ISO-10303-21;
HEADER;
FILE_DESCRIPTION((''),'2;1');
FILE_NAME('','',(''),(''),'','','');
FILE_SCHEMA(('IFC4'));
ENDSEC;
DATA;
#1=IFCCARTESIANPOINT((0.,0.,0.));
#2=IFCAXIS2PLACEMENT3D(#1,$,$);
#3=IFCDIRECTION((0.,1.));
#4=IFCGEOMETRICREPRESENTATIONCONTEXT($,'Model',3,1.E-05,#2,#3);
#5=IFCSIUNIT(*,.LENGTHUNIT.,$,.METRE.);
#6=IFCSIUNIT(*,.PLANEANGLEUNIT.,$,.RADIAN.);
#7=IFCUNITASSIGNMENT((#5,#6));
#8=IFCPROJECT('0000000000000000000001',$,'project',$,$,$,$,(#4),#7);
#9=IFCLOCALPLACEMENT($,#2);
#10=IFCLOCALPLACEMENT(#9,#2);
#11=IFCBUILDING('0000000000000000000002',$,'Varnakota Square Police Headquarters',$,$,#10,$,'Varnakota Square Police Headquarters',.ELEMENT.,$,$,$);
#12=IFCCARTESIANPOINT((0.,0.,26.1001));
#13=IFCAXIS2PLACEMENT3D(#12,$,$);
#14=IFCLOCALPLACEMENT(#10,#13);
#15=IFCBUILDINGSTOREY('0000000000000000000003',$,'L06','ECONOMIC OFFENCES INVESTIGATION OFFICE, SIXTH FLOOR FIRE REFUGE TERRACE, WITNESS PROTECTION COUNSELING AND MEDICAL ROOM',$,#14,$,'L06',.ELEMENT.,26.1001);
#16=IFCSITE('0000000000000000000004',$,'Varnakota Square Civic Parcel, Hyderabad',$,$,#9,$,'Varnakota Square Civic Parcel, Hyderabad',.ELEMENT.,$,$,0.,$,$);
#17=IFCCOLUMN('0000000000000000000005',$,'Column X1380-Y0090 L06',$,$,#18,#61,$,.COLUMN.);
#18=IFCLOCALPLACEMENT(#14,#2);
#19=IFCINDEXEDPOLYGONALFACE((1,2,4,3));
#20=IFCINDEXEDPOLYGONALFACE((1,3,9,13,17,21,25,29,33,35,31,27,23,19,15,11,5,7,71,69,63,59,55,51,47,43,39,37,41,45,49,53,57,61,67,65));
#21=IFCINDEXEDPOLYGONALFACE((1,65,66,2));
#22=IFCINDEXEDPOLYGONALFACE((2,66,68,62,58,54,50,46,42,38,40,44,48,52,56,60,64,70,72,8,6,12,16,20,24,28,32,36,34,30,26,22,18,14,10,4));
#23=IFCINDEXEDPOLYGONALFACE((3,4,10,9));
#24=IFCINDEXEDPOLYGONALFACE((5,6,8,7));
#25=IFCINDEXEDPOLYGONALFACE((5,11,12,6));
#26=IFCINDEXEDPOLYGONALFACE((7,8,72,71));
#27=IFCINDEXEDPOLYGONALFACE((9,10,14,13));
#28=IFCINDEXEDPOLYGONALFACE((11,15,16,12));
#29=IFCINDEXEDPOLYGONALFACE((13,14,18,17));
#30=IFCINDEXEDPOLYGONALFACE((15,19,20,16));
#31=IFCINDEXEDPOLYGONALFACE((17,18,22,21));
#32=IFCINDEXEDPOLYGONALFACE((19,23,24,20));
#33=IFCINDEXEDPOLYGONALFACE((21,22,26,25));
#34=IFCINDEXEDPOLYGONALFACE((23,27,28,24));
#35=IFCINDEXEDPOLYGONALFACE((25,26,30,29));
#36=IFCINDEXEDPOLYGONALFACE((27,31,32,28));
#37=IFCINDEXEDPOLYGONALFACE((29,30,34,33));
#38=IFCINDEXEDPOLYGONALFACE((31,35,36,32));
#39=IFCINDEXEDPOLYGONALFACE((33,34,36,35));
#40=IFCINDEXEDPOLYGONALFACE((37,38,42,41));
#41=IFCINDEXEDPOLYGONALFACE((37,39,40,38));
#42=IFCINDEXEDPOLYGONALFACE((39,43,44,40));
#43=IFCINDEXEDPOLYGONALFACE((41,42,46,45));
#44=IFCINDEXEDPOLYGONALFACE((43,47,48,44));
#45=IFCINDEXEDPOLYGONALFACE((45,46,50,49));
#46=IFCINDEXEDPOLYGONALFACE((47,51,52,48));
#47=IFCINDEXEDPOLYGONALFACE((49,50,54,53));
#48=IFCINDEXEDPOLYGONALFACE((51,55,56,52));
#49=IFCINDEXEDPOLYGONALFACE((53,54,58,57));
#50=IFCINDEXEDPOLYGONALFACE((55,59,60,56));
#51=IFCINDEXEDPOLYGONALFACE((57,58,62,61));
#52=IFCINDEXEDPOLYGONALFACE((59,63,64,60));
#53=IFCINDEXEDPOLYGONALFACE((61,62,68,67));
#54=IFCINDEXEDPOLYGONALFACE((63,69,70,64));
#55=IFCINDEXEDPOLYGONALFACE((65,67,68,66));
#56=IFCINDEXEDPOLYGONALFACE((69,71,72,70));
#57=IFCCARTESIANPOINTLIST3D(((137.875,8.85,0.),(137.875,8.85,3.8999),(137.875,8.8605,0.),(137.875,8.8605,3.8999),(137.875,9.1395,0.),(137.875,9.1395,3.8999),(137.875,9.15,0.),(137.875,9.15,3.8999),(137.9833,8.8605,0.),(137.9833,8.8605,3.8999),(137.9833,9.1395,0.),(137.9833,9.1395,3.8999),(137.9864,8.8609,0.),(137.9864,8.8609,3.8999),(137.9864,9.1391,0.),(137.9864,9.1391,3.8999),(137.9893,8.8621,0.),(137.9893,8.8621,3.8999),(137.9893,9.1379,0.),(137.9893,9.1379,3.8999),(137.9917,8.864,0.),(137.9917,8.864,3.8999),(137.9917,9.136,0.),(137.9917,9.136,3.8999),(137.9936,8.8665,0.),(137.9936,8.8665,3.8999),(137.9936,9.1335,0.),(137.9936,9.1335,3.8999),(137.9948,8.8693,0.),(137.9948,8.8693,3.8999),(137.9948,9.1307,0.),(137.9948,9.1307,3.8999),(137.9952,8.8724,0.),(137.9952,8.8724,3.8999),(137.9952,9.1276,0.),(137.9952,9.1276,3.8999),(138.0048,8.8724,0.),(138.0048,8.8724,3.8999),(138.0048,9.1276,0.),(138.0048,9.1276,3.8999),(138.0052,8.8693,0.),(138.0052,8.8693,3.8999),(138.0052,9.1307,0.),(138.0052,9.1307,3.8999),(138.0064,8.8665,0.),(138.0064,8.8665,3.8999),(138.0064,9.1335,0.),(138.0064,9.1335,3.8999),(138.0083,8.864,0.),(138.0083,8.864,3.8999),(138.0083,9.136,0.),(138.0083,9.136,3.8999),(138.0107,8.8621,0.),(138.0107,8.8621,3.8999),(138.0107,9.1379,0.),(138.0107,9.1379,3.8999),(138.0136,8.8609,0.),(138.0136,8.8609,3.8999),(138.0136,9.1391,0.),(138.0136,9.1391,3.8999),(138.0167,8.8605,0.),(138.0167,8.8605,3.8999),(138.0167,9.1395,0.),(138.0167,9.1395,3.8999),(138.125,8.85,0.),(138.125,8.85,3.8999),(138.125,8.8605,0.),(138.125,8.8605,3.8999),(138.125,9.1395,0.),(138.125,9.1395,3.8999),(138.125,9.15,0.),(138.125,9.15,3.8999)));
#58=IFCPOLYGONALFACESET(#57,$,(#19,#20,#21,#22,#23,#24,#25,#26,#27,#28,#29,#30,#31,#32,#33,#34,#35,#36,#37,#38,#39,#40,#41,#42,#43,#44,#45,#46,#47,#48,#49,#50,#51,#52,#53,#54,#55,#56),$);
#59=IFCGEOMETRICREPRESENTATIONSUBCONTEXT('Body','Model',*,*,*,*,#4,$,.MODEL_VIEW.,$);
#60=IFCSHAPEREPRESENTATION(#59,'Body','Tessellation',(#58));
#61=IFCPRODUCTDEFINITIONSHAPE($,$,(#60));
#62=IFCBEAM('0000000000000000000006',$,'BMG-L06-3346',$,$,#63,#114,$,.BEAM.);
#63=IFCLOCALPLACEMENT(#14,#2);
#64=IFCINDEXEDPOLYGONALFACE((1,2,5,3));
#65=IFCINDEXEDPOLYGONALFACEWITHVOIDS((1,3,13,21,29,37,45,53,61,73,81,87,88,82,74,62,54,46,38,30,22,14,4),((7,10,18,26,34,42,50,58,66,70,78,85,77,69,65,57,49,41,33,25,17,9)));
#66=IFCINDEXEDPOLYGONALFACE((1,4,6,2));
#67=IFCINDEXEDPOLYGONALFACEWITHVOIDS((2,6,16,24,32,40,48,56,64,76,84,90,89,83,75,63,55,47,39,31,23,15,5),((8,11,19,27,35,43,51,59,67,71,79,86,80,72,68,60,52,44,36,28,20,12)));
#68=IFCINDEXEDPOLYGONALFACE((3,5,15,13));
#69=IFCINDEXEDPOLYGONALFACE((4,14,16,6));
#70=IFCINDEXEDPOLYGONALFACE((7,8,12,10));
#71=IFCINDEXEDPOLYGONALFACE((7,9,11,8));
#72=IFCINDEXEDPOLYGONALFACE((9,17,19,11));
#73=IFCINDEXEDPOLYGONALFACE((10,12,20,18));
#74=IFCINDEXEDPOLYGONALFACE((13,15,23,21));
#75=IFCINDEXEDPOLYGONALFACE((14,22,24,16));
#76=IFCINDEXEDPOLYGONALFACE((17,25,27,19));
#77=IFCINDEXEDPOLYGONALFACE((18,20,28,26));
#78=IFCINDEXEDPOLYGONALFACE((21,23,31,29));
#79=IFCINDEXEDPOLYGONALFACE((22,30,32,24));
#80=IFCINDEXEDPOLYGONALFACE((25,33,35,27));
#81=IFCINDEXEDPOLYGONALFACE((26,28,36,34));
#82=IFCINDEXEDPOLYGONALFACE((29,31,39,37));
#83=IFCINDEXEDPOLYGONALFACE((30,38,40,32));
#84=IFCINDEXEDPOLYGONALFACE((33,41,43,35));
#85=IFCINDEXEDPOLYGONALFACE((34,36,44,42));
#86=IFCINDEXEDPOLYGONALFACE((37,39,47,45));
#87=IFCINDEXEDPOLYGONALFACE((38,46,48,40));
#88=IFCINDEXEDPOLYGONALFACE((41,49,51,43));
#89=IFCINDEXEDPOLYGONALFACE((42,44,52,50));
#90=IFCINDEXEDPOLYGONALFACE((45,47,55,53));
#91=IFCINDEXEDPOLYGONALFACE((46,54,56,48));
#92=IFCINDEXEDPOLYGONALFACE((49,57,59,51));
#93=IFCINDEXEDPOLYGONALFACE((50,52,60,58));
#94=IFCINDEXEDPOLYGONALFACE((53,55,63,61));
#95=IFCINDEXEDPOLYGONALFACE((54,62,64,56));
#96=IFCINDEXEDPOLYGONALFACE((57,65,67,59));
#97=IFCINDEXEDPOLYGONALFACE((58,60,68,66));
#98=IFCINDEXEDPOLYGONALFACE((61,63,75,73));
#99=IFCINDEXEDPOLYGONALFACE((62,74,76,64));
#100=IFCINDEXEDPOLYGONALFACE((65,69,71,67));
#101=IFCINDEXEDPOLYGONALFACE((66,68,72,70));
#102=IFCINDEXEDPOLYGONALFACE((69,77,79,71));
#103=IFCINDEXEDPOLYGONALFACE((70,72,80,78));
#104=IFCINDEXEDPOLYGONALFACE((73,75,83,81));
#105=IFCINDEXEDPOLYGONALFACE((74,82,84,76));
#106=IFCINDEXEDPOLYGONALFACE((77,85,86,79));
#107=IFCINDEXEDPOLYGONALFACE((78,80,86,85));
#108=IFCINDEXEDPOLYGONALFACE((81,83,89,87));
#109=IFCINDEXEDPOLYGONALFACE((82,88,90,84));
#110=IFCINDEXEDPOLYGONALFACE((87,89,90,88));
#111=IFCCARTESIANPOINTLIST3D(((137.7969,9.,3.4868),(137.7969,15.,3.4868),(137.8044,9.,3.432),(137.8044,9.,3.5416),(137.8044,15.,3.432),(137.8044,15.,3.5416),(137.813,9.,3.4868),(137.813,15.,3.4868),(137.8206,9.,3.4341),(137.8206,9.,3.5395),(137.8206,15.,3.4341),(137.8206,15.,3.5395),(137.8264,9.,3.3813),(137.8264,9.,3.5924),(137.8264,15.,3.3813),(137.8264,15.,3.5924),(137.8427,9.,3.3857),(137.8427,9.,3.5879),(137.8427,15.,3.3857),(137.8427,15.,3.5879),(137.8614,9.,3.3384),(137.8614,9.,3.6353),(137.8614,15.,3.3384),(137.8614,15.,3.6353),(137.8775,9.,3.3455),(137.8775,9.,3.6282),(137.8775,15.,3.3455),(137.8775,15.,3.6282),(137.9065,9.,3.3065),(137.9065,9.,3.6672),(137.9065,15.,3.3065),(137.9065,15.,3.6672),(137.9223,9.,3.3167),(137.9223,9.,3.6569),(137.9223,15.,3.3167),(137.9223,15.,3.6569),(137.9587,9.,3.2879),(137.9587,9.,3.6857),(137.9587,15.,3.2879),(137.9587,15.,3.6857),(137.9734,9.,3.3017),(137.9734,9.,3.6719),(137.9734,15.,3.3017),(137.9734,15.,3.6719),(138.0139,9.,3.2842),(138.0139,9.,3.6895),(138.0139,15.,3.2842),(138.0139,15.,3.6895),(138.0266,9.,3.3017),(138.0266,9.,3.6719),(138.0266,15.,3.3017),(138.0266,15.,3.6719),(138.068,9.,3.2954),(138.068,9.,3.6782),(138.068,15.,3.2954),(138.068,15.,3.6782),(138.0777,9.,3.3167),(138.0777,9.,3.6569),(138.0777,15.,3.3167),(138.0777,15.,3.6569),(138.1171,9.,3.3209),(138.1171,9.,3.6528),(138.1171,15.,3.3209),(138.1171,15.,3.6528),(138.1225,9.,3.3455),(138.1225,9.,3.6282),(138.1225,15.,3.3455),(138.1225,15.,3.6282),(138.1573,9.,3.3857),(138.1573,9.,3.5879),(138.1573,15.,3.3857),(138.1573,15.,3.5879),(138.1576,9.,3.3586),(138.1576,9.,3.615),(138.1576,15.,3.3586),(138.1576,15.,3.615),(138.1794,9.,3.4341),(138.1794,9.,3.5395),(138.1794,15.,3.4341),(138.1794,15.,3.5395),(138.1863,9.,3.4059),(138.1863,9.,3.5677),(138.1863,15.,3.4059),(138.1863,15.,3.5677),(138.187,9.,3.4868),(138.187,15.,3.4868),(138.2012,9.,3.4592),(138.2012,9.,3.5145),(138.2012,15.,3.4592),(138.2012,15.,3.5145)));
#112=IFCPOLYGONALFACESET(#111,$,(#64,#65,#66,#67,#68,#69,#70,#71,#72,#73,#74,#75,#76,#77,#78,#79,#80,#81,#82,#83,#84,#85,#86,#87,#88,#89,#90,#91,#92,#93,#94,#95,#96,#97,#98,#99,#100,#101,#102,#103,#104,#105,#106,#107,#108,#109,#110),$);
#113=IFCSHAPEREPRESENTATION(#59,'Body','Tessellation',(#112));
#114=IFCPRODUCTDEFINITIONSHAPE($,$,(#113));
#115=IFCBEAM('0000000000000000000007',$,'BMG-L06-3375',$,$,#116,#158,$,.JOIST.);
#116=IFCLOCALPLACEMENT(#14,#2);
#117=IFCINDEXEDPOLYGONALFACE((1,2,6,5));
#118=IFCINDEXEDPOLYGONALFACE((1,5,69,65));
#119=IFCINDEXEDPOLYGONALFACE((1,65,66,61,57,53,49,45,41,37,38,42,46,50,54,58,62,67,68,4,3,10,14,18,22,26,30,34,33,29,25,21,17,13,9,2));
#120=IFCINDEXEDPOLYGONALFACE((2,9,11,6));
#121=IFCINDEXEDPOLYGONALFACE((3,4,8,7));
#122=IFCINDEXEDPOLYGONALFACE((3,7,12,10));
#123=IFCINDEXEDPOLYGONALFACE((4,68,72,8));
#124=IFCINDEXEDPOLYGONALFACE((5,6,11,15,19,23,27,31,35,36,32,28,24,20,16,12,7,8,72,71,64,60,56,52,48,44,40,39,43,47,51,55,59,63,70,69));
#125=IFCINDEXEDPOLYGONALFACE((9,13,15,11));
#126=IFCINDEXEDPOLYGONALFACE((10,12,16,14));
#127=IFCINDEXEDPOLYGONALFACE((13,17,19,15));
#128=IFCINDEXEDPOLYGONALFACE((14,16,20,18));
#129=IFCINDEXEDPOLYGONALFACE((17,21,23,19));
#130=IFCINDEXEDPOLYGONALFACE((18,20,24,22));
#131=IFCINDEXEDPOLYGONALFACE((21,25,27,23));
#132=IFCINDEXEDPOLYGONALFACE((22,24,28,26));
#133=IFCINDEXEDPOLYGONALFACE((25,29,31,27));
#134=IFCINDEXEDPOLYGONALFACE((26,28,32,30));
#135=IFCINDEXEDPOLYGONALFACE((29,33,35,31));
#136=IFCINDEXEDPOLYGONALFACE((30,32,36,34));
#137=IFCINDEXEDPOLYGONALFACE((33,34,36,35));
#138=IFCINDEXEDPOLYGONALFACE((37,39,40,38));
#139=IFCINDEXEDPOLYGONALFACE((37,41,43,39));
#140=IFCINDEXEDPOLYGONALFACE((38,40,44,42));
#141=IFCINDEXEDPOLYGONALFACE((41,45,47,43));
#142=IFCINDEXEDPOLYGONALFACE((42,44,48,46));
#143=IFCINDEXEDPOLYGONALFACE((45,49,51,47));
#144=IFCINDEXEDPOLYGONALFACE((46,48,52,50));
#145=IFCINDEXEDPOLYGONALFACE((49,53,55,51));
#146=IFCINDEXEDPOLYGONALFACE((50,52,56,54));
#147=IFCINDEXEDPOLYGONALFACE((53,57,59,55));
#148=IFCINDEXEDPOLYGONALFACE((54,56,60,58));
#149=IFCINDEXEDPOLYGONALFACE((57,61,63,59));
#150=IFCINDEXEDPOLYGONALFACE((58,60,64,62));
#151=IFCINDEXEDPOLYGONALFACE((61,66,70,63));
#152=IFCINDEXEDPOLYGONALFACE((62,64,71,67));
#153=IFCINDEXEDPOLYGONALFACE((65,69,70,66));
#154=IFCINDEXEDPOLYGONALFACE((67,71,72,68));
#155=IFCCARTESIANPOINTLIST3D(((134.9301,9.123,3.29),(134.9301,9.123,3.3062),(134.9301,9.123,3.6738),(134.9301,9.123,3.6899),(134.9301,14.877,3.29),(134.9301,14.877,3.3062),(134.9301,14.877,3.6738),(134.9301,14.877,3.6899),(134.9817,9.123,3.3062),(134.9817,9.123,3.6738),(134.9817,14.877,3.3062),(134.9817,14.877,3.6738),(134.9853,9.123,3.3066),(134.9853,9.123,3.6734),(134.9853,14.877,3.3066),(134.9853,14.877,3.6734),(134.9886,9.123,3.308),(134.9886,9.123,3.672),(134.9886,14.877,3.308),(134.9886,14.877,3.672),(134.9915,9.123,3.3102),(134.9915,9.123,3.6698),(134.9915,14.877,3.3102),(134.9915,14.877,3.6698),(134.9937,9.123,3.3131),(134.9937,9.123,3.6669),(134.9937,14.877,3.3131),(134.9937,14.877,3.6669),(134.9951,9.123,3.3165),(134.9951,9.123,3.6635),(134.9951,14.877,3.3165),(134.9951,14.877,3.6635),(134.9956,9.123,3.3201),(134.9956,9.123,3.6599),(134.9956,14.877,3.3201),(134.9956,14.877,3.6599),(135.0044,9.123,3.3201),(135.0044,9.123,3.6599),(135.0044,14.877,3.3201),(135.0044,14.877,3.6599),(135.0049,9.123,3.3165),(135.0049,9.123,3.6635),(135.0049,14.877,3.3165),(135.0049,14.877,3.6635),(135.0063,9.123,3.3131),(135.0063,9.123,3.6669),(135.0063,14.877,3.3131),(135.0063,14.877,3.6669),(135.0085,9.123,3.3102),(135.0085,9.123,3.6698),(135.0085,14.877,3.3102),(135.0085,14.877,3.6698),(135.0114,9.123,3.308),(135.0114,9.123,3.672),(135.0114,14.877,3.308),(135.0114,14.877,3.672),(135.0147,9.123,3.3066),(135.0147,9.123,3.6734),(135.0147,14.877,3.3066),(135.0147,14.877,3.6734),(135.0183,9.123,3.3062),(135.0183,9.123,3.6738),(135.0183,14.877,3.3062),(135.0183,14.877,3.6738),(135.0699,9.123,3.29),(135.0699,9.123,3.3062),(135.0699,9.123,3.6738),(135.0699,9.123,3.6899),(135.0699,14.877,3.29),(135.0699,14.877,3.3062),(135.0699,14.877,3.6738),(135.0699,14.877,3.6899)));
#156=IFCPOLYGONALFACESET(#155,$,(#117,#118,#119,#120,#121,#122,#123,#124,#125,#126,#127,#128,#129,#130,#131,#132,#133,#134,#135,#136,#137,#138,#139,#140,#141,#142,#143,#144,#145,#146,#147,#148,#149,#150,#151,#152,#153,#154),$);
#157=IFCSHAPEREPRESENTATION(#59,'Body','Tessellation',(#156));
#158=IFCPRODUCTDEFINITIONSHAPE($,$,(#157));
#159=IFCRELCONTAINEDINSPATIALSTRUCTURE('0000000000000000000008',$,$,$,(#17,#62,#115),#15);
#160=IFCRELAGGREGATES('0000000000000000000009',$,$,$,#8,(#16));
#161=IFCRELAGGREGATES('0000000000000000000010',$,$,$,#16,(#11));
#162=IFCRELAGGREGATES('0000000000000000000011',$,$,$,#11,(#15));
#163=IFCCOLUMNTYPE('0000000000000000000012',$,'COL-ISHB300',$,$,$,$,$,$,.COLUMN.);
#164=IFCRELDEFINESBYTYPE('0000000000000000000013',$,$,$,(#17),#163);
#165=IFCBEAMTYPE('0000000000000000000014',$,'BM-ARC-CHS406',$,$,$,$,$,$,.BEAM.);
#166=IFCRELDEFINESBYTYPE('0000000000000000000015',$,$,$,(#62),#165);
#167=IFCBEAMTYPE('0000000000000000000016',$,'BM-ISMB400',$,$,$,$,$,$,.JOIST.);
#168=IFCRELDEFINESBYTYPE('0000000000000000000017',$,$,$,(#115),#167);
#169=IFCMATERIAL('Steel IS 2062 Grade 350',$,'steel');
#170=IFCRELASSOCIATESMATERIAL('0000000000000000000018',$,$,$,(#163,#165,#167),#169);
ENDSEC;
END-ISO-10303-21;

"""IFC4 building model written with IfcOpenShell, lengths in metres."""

from ifc_helpers import new_model, si_unit, direction, frame, origin, origin_2d, place, context, subcontext, project, spatial, hollow_circle, i_section, extrude, material, material_profile, profile_set, type_object, element, save


model = new_model("IFC4")

# Units and contexts
model_context = context("Model", 3, precision=1e-05, world=origin(), true_north=direction((0.0, 1.0)))
body_context = subcontext(model_context, "Body", "Model", "MODEL_VIEW")
ifc_project = project(units=[si_unit("LENGTHUNIT", "METRE"), si_unit("PLANEANGLEUNIT", "RADIAN")], contexts=[model_context])

# Site, building, storey
site_placement = place(None, origin())
site = spatial("IfcSite", under=ifc_project, at=site_placement, Name="Varnakota Square Civic Parcel, Hyderabad", LongName="Varnakota Square Civic Parcel, Hyderabad", CompositionType="ELEMENT", RefElevation=0.0)
building_placement = place(site_placement, origin())
building = spatial("IfcBuilding", under=site, at=building_placement, Name="Varnakota Square Police Headquarters", LongName="Varnakota Square Police Headquarters", CompositionType="ELEMENT")
storey_placement = place(building_placement, frame((0.0, 0.0, 26.1001)))
storey = spatial("IfcBuildingStorey", under=building, at=storey_placement, Name="L06", Description="ECONOMIC OFFENCES INVESTIGATION OFFICE, SIXTH FLOOR FIRE REFUGE TERRACE, WITNESS PROTECTION COUNSELING AND MEDICAL ROOM", LongName="L06", CompositionType="ELEMENT", Elevation=26.1001)

# Column
ifc_material_1 = material(Name="Steel IS 2062 Grade 350", Category="steel")
ifc_material_profile_1 = material_profile(ifc_material_1, i_section(OverallWidth=0.25, OverallDepth=0.3, WebThickness=0.0095, FlangeThickness=0.0105, FilletRadius=0.012, at=origin_2d()), Name="ISHB 300")
ifc_profile_set_1 = profile_set([ifc_material_profile_1], Name="Steel IS 2062 Grade 350")
column_type = type_object("IfcColumnType", Name="COL-ISHB300", PredefinedType="COLUMN", material=ifc_profile_set_1)
column_placement = place(storey_placement, frame((138.0, 9.0, 0.0), z_axis=(0.0, 0.0, 1.0), x_axis=(1.0, 0.0, 0.0)))
element("IfcColumn", 1, at=column_placement, inside=storey, type_object=column_type, Name="Column X1380-Y0090 L06", PredefinedType="COLUMN", context=body_context, shape_type="SweptSolid", body=[
    extrude(i_section(OverallWidth=0.25, OverallDepth=0.3, WebThickness=0.0095, FlangeThickness=0.0105, FilletRadius=0.012, at=origin_2d()), origin(), (0.0, 0.0, 1.0), 3.8999),
])

# Beams
ifc_material_profile_2 = material_profile(ifc_material_1, hollow_circle(Radius=0.2031, WallThickness=0.0161, at=origin_2d()), Name="CHS 406.4x16.0")
ifc_profile_set_2 = profile_set([ifc_material_profile_2], Name="Steel IS 2062 Grade 350")
beam_type_1 = type_object("IfcBeamType", Name="BM-ARC-CHS406", PredefinedType="BEAM", material=ifc_profile_set_2)
beam_1_placement = place(storey_placement, frame((138.0, 9.0, 3.4868), z_axis=(0.0, 1.0, 0.0), x_axis=(-1.0, 0.0, 0.0)))
element("IfcBeam", 2, at=beam_1_placement, inside=storey, type_object=beam_type_1, Name="BMG-L06-3346", PredefinedType="BEAM", context=body_context, shape_type="SweptSolid", body=[
    extrude(hollow_circle(Radius=0.2031, WallThickness=0.0161, at=origin_2d()), origin(), (0.0, 0.0, 1.0), 6.0),
])
ifc_material_profile_3 = material_profile(ifc_material_1, i_section(OverallWidth=0.1399, OverallDepth=0.3999, WebThickness=0.0088, FlangeThickness=0.0161, FilletRadius=0.0139, at=origin_2d()), Name="ISMB 400")
ifc_profile_set_3 = profile_set([ifc_material_profile_3], Name="Steel IS 2062 Grade 350")
beam_type_2 = type_object("IfcBeamType", Name="BM-ISMB400", PredefinedType="JOIST", material=ifc_profile_set_3)
beam_2_placement = place(storey_placement, frame((135.0, 9.123, 3.49), z_axis=(0.0, 1.0, 0.0), x_axis=(-1.0, 0.0, 0.0)))
element("IfcBeam", 3, at=beam_2_placement, inside=storey, type_object=beam_type_2, Name="BMG-L06-3375", PredefinedType="JOIST", context=body_context, shape_type="SweptSolid", body=[
    extrude(i_section(OverallWidth=0.1399, OverallDepth=0.3999, WebThickness=0.0088, FlangeThickness=0.0161, FilletRadius=0.0139, at=origin_2d()), origin(), (0.0, 0.0, 1.0), 5.7539),
])

save(model, "model.ifc")
